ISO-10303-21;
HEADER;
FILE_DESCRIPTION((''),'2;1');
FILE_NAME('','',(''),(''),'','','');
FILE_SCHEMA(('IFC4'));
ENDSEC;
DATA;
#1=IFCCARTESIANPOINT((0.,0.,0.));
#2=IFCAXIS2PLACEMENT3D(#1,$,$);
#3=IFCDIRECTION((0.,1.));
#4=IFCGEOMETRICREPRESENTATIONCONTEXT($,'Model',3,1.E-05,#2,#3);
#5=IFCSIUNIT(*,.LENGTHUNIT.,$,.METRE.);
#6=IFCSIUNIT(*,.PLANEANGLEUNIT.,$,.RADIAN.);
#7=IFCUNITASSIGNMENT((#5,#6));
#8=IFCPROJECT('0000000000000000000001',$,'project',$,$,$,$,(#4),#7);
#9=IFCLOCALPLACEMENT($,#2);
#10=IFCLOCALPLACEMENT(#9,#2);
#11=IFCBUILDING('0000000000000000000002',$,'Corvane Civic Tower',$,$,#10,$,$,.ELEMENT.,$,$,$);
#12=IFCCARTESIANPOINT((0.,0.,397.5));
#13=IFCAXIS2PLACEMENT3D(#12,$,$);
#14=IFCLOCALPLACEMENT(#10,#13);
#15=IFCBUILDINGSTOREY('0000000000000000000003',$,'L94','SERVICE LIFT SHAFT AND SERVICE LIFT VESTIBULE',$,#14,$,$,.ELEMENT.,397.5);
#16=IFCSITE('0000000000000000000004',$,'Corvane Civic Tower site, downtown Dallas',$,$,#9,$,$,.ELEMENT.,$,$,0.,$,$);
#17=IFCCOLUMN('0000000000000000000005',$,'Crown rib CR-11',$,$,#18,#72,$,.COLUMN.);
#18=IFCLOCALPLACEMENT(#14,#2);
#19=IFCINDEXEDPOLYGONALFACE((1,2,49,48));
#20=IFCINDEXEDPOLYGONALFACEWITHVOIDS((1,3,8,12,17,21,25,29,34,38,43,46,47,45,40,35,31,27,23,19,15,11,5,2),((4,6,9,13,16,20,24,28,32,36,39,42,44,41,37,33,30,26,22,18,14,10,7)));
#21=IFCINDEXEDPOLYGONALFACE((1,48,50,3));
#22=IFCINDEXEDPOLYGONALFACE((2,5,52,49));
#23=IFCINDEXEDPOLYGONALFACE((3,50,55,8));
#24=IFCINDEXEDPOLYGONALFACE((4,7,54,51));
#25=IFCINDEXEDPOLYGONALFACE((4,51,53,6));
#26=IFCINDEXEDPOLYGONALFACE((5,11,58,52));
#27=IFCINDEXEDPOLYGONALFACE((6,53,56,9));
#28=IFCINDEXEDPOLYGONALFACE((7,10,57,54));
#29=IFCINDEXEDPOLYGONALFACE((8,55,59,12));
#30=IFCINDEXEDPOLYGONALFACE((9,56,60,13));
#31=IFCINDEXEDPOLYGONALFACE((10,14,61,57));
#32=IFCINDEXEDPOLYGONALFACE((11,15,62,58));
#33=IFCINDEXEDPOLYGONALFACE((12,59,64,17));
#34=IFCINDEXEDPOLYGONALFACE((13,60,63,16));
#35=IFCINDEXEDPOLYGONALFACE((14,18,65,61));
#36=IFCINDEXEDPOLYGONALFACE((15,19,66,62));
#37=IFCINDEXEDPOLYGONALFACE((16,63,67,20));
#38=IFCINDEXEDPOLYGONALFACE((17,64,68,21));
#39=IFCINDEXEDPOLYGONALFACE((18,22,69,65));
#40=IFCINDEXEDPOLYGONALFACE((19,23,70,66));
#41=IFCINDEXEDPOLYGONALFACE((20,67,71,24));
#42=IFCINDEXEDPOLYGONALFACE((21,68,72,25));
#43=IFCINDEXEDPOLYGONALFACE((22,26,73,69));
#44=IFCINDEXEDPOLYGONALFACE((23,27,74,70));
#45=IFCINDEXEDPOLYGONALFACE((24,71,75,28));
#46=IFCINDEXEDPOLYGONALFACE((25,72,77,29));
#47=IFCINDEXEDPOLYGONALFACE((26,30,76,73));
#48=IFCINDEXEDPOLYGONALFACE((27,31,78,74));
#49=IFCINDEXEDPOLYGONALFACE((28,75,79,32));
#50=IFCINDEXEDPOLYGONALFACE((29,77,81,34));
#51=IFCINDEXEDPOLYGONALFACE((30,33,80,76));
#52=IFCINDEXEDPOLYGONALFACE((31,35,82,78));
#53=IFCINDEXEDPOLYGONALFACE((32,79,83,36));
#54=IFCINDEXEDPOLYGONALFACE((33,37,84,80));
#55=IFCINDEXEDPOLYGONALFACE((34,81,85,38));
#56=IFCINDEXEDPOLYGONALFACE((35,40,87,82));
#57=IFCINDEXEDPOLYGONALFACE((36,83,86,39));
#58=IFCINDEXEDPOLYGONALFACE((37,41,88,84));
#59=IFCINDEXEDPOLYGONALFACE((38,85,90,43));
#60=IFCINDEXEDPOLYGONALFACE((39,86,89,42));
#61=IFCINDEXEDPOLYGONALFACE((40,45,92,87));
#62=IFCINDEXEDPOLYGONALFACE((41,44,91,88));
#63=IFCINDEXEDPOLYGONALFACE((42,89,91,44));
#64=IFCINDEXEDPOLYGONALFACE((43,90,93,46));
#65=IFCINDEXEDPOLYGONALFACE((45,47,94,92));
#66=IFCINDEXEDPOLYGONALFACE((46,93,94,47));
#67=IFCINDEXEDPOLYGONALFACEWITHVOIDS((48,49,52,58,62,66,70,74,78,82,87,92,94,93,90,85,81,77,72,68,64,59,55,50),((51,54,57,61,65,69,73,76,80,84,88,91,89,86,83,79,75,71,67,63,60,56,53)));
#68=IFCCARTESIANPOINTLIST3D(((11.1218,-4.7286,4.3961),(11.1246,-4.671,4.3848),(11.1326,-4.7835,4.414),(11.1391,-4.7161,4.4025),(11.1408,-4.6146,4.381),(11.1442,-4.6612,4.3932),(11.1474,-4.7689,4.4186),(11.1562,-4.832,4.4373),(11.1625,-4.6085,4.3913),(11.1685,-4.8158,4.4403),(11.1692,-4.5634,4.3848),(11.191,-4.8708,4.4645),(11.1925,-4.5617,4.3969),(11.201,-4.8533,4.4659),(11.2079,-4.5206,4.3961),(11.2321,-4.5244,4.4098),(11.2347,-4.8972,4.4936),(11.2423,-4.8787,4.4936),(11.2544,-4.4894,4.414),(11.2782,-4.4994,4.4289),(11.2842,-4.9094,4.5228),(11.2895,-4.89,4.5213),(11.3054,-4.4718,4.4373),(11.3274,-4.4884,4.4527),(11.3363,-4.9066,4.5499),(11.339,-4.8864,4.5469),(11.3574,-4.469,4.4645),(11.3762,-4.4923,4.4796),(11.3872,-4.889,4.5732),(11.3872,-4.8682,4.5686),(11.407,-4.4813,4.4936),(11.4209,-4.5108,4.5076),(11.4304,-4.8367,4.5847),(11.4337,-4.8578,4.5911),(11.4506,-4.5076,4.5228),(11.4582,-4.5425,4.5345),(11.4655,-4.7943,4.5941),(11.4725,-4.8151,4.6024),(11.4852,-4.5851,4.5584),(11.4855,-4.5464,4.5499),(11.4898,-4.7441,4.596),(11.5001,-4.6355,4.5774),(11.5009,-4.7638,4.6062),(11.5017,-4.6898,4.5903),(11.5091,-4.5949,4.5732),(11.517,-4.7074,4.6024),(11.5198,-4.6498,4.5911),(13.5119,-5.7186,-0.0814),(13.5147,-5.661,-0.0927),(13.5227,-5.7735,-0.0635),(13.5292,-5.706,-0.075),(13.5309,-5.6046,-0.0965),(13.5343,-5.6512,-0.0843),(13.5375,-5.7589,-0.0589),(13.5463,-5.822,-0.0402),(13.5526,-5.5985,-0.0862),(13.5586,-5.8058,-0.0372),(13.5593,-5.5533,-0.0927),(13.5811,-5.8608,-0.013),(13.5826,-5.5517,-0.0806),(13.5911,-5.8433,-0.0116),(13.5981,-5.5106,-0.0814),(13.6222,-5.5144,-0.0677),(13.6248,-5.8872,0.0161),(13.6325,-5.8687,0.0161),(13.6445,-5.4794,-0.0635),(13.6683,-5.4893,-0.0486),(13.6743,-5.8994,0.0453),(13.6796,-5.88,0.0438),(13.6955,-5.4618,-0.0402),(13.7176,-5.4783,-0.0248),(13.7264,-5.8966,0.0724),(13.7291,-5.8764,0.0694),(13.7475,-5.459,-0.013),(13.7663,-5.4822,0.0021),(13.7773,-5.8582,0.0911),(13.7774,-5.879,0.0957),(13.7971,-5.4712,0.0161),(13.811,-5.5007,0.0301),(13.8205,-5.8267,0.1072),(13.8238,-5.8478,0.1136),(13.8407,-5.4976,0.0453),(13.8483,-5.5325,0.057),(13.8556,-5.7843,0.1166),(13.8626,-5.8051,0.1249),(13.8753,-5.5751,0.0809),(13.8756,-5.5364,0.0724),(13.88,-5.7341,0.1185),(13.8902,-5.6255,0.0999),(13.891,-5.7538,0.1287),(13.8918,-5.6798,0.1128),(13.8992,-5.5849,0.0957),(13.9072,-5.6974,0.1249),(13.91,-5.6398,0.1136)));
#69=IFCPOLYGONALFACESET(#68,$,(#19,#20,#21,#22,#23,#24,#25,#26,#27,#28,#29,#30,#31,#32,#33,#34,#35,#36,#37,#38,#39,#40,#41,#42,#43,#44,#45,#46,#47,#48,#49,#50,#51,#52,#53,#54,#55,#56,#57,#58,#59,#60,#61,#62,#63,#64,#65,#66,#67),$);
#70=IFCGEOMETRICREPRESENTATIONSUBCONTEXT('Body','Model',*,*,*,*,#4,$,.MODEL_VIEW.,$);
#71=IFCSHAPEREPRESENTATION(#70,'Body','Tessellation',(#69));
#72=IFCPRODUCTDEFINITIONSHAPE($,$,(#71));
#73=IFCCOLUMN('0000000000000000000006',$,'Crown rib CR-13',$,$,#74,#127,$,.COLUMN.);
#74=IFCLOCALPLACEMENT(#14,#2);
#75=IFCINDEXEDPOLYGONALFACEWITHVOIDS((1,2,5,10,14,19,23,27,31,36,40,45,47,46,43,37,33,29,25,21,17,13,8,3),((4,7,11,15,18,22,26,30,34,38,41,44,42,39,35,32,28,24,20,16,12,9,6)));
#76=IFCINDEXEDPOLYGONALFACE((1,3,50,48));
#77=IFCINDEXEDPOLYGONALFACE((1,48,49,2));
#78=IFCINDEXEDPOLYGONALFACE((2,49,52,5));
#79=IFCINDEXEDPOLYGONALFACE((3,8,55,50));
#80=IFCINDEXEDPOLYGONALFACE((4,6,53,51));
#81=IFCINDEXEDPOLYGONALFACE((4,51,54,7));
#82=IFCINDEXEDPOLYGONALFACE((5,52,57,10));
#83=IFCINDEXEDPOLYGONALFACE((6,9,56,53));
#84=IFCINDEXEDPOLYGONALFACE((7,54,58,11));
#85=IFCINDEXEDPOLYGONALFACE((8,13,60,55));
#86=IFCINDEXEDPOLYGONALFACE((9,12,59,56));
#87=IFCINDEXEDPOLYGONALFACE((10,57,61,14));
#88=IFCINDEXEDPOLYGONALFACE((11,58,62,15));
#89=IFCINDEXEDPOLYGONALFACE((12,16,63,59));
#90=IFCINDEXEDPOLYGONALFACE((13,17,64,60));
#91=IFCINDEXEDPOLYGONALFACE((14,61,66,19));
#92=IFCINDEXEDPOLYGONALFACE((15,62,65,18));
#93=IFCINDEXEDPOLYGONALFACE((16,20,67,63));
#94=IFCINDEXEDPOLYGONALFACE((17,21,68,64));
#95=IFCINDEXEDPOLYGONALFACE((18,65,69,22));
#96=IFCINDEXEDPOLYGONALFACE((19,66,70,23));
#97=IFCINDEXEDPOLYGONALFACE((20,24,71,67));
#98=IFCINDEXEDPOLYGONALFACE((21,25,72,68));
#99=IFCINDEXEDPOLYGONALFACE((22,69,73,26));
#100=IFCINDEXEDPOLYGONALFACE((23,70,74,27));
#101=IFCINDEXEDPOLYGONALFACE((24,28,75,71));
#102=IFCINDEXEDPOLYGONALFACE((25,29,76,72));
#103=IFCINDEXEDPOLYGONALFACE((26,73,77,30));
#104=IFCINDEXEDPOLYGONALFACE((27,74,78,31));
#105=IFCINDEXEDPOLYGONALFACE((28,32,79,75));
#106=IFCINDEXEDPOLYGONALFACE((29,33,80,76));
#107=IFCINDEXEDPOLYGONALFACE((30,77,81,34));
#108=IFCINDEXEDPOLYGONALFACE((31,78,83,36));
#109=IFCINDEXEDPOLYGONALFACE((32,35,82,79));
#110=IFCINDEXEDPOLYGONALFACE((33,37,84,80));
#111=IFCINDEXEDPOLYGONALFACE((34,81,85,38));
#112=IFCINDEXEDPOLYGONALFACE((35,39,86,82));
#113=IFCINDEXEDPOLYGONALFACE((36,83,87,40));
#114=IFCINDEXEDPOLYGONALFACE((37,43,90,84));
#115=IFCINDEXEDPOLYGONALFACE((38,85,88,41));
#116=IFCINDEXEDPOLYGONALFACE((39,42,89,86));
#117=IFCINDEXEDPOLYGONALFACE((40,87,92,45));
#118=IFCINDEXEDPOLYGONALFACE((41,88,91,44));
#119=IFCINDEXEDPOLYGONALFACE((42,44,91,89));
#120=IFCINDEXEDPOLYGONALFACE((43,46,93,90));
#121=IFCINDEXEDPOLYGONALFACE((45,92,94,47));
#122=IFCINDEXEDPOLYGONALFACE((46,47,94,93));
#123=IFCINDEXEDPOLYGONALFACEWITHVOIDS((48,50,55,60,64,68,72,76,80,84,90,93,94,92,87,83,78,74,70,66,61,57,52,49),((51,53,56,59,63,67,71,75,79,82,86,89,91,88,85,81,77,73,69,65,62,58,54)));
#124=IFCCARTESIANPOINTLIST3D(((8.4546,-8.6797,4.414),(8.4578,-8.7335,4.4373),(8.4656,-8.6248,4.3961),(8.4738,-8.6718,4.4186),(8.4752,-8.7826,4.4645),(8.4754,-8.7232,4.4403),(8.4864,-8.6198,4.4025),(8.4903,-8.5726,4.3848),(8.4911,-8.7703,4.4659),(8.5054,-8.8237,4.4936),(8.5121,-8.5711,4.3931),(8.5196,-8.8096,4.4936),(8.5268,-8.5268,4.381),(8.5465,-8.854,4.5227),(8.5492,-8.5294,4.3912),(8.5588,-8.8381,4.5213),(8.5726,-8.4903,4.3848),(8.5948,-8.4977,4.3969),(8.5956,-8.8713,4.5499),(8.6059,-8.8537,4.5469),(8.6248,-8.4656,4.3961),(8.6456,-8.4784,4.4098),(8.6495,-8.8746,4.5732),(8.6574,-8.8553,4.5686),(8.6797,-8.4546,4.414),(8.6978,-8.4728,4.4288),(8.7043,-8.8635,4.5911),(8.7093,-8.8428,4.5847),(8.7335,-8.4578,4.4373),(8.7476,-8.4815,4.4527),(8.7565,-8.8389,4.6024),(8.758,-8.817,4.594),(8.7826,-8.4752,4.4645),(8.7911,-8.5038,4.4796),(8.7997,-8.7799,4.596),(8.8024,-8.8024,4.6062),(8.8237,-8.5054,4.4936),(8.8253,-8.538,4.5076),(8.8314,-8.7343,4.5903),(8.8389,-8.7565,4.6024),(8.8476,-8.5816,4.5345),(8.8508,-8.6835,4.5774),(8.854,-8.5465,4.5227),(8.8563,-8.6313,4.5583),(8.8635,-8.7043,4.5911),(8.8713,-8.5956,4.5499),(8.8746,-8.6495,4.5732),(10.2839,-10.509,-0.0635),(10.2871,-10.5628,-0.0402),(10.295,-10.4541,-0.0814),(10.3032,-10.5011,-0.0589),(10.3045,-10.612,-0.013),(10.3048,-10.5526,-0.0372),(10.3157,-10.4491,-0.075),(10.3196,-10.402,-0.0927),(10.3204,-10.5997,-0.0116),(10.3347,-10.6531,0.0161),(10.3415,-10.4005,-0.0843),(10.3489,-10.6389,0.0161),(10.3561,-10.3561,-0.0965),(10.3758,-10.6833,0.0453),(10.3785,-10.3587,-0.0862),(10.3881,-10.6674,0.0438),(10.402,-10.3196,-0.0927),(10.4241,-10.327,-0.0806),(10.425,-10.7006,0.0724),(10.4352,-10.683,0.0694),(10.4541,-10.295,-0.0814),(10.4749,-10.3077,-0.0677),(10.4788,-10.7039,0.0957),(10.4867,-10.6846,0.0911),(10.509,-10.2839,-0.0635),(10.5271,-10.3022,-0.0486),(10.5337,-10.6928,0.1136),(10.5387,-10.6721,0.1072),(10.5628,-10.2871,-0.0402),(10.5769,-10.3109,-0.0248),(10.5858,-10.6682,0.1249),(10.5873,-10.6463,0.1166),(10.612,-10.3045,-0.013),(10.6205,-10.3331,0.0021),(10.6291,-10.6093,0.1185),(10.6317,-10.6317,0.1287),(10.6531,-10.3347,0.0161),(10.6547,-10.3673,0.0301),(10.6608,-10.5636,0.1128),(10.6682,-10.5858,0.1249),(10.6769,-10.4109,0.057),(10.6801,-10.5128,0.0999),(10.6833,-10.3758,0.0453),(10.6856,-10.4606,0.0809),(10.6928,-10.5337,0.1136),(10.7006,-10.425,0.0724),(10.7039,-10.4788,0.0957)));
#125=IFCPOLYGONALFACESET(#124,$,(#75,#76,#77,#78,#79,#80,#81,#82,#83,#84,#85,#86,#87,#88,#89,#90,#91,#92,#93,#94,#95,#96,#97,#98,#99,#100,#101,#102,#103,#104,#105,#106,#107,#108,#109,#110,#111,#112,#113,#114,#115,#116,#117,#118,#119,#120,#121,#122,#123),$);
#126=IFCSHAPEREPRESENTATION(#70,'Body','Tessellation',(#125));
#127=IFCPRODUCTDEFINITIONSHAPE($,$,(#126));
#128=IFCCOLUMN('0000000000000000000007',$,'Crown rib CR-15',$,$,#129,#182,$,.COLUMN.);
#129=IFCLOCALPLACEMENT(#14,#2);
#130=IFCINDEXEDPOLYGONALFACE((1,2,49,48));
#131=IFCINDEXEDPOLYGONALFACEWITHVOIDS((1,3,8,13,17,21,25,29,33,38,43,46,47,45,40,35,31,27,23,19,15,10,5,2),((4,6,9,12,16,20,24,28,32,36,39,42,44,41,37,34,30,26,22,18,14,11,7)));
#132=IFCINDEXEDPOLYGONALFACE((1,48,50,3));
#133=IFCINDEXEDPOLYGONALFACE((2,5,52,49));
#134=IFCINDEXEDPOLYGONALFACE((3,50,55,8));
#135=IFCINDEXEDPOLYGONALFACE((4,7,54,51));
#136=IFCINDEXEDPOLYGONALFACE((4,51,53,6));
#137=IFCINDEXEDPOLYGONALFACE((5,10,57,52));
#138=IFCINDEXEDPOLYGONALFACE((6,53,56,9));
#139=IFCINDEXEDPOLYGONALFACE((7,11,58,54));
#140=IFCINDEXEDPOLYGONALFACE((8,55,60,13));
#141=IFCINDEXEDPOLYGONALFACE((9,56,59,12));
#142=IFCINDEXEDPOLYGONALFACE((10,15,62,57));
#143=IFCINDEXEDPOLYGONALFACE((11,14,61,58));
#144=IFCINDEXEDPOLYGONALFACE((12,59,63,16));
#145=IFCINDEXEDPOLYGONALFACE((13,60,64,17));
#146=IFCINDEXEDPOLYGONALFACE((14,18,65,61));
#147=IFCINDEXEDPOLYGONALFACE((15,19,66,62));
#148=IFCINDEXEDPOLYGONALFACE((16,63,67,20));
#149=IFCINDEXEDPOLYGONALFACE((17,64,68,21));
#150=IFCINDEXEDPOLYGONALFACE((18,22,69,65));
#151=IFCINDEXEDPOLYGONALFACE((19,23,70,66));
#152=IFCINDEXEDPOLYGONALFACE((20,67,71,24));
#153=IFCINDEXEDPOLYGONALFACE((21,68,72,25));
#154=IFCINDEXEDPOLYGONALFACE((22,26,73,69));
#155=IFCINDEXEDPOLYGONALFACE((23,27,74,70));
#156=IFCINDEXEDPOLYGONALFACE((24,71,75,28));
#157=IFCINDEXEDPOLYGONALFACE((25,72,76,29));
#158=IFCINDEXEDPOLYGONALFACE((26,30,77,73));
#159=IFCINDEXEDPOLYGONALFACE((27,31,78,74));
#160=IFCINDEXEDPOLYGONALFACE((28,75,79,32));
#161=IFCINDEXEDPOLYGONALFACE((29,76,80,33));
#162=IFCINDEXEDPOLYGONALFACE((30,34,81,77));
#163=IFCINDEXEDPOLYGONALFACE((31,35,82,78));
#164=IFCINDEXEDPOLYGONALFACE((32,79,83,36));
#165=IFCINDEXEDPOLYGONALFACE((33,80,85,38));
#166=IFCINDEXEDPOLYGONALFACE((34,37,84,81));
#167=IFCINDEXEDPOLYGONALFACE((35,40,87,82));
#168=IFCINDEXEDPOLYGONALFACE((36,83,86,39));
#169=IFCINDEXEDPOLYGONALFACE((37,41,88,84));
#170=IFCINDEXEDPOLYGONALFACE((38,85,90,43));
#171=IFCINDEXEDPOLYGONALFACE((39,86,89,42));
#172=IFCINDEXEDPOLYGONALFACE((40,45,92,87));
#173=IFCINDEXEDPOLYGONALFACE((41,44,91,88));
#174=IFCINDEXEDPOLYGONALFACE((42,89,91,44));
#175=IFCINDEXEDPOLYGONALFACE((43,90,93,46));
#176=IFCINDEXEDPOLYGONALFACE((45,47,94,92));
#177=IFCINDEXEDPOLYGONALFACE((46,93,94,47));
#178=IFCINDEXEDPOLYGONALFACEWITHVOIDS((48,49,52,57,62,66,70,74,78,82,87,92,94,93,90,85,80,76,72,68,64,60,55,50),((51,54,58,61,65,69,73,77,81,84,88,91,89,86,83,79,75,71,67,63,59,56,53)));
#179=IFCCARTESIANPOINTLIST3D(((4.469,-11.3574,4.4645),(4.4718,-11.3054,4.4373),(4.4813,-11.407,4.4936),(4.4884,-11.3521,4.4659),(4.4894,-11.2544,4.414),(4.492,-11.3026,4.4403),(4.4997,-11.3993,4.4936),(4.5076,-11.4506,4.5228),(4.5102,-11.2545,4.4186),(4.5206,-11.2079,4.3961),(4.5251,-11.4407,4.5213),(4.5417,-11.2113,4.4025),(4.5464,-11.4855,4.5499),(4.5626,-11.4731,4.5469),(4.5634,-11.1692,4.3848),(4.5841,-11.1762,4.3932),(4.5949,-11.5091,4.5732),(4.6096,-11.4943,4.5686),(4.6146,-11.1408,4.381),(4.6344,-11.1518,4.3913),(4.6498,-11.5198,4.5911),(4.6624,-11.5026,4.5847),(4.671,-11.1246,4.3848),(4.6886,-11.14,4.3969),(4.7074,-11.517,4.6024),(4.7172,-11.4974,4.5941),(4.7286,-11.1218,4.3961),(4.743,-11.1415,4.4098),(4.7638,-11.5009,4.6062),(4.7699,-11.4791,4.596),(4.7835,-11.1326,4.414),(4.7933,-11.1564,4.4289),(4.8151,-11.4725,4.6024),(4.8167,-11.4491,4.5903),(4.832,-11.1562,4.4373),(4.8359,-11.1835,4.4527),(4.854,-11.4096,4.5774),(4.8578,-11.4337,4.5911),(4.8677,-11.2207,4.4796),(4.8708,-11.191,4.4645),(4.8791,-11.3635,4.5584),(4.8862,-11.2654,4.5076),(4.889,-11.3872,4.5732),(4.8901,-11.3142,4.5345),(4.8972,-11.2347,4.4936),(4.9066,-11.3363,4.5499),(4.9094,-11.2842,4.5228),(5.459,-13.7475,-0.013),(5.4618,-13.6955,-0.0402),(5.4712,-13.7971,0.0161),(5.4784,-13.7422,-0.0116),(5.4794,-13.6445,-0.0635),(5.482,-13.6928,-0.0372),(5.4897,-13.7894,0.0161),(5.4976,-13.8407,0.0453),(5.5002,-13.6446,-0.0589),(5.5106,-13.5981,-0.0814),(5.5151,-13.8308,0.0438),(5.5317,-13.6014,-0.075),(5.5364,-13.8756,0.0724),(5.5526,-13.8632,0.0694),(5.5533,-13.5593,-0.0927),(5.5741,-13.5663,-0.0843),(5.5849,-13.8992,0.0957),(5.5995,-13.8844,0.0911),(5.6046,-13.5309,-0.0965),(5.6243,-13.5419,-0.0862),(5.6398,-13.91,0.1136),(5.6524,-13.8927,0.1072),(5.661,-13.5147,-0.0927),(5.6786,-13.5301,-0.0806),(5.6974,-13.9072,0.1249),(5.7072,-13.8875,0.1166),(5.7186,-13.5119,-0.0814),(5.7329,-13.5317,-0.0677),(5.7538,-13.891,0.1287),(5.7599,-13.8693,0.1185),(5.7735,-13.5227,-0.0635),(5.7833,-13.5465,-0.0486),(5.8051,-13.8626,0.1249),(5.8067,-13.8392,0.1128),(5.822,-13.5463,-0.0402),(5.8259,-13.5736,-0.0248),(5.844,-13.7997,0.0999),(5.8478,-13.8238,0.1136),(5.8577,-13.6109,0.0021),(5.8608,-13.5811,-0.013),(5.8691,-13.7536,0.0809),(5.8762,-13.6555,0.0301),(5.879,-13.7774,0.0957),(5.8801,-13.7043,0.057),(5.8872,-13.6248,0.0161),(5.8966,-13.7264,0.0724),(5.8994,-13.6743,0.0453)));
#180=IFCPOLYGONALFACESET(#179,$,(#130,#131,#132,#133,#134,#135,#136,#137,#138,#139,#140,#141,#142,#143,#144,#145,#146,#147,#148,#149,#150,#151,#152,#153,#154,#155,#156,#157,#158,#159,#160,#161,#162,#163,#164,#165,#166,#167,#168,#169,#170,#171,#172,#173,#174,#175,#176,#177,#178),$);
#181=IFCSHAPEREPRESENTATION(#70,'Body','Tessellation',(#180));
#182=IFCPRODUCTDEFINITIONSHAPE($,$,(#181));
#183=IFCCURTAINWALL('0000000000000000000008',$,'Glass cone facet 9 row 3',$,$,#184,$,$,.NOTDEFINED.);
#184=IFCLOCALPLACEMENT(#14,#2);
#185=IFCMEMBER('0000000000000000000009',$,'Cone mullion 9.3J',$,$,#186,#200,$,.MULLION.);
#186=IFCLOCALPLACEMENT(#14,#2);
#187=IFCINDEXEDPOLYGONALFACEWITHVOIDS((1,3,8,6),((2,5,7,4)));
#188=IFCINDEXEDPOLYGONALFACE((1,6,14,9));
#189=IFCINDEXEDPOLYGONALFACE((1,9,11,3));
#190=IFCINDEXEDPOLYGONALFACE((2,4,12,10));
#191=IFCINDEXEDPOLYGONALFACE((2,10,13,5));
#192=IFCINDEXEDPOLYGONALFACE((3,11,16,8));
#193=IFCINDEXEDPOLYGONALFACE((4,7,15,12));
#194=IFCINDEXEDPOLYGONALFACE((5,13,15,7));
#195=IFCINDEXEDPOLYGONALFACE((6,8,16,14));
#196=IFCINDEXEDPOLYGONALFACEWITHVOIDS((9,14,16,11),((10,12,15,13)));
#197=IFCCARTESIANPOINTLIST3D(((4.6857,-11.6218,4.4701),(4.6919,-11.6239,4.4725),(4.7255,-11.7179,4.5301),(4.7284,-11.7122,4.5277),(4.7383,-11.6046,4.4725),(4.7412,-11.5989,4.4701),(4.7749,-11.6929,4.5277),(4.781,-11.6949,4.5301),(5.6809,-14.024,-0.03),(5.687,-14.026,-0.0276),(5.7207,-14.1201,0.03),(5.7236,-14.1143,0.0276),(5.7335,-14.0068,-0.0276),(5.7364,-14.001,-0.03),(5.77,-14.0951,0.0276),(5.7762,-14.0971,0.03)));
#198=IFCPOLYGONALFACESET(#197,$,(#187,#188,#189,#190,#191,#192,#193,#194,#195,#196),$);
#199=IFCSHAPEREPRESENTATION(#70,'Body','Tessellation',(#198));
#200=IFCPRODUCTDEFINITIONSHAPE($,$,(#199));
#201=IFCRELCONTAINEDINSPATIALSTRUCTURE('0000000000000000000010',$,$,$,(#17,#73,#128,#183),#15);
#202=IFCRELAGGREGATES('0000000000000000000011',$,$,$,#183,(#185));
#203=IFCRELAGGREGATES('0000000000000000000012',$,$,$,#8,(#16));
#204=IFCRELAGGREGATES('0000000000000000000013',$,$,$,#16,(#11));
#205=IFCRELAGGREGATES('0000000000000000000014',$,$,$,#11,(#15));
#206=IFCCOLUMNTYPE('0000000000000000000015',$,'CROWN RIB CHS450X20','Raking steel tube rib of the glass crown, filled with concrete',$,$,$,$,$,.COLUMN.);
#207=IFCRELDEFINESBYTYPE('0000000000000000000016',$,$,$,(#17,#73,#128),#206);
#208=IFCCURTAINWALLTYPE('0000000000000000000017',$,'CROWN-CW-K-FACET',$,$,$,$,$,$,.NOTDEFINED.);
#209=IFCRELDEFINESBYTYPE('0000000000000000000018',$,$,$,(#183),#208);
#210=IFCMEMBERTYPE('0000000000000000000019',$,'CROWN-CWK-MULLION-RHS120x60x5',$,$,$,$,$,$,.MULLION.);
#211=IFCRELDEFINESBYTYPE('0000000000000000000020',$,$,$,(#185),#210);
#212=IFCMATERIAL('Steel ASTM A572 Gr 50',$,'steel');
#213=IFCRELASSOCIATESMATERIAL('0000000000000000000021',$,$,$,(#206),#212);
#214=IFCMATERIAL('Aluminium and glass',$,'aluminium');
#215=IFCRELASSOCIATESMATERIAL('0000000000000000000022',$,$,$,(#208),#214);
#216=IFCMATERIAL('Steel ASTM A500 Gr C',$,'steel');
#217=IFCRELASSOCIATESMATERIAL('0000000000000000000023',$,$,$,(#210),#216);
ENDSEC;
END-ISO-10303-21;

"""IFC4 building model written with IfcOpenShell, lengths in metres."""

from ifc_helpers import new_model, si_unit, direction, frame, origin, origin_2d, place, context, subcontext, project, spatial, hollow_rectangle, hollow_circle, extrude, material, material_profile, profile_set, type_object, element, aggregate, save


model = new_model("IFC4")

# Units and contexts
model_context = context("Model", 3, precision=1e-05, world=origin(), true_north=direction((0.0, 1.0)))
body_context = subcontext(model_context, "Body", "Model", "MODEL_VIEW")
ifc_project = project(units=[si_unit("LENGTHUNIT", "METRE"), si_unit("PLANEANGLEUNIT", "RADIAN")], contexts=[model_context])

# Site, building, storey
site_placement = place(None, origin())
site = spatial("IfcSite", under=ifc_project, at=site_placement, Name="Corvane Civic Tower site, downtown Dallas", CompositionType="ELEMENT", RefElevation=0.0)
building_placement = place(site_placement, origin())
building = spatial("IfcBuilding", under=site, at=building_placement, Name="Corvane Civic Tower", CompositionType="ELEMENT")
storey_placement = place(building_placement, frame((0.0, 0.0, 397.5)))
storey = spatial("IfcBuildingStorey", under=building, at=storey_placement, Name="L94", Description="SERVICE LIFT SHAFT AND SERVICE LIFT VESTIBULE", CompositionType="ELEMENT", Elevation=397.5)

# Columns
ifc_material_1 = material(Name="Steel ASTM A572 Gr 50", Category="steel")
ifc_material_profile_1 = material_profile(ifc_material_1, hollow_circle(Radius=0.2251, WallThickness=0.02, at=origin_2d()), Name="CHS450X20")
ifc_profile_set_1 = profile_set([ifc_material_profile_1], Name="Steel ASTM A572 Gr 50")
column_type = type_object("IfcColumnType", Name="CROWN RIB CHS450X20", Description="Raking steel tube rib of the glass crown, filled with concrete", PredefinedType="COLUMN", material=ifc_profile_set_1)
for number, where, z_axis, x_axis, name in (
    (1, (13.7109, -5.6792, 0.0161), (-0.462203, 0.191443, 0.865863), (-0.382671, -0.923885, 0.0), "Crown rib CR-11"),
    (2, (10.4939, -10.4939, 0.0161), (-0.353756, 0.353756, 0.86586), (-0.707107, -0.707107, 0.0), "Crown rib CR-13"),
    (3, (5.6792, -13.7109, 0.0161), (-0.191443, 0.462203, 0.865863), (-0.923885, -0.382671, 0.0), "Crown rib CR-15"),
):
    element("IfcColumn", number, at=place(storey_placement, frame(where, z_axis=z_axis, x_axis=x_axis)), inside=storey, type_object=column_type, Name=name, PredefinedType="COLUMN", context=body_context, shape_type="SweptSolid", body=[
        extrude(hollow_circle(Radius=0.2251, WallThickness=0.02, at=origin_2d()), origin(), (0.0, 0.0, 1.0), 5.1711),
    ])

# Curtain wall, member
ifc_material_2 = material(Name="Aluminium and glass", Category="aluminium")
curtain_wall_type = type_object("IfcCurtainWallType", Name="CROWN-CW-K-FACET", PredefinedType="NOTDEFINED", material=ifc_material_2)
curtain_wall_1_placement = place(storey_placement, origin())
curtain_wall_1 = element("IfcCurtainWall", 4, at=curtain_wall_1_placement, inside=storey, type_object=curtain_wall_type, Name="Glass cone facet 9 row 3", PredefinedType="NOTDEFINED")
ifc_material_3 = material(Name="Steel ASTM A500 Gr C", Category="steel")
ifc_material_profile_2 = material_profile(ifc_material_3, hollow_rectangle(XDim=0.0601, YDim=0.1201, WallThickness=0.0049, at=origin_2d()), Name="RHS 120x60x5")
ifc_profile_set_2 = profile_set([ifc_material_profile_2], Name="Steel ASTM A500 Gr C")
member_type_1 = type_object("IfcMemberType", Name="CROWN-CWK-MULLION-RHS120x60x5", PredefinedType="MULLION", material=ifc_profile_set_2)
member_1_placement = place(storey_placement, frame((5.7285, -14.0605, 0.0), z_axis=(-0.191474, 0.462196, 0.86586), x_axis=(-0.923861, -0.382728, 0.0)))
member_1 = element("IfcMember", 5, at=member_1_placement, type_object=member_type_1, Name="Cone mullion 9.3J", PredefinedType="MULLION", context=body_context, shape_type="SweptSolid", body=[
    extrude(hollow_rectangle(XDim=0.0601, YDim=0.1201, WallThickness=0.0049, at=origin_2d()), origin(), (0.0, 0.0, 1.0), 5.1973),
])
aggregate(curtain_wall_1, [member_1])

save(model, "model.ifc")
